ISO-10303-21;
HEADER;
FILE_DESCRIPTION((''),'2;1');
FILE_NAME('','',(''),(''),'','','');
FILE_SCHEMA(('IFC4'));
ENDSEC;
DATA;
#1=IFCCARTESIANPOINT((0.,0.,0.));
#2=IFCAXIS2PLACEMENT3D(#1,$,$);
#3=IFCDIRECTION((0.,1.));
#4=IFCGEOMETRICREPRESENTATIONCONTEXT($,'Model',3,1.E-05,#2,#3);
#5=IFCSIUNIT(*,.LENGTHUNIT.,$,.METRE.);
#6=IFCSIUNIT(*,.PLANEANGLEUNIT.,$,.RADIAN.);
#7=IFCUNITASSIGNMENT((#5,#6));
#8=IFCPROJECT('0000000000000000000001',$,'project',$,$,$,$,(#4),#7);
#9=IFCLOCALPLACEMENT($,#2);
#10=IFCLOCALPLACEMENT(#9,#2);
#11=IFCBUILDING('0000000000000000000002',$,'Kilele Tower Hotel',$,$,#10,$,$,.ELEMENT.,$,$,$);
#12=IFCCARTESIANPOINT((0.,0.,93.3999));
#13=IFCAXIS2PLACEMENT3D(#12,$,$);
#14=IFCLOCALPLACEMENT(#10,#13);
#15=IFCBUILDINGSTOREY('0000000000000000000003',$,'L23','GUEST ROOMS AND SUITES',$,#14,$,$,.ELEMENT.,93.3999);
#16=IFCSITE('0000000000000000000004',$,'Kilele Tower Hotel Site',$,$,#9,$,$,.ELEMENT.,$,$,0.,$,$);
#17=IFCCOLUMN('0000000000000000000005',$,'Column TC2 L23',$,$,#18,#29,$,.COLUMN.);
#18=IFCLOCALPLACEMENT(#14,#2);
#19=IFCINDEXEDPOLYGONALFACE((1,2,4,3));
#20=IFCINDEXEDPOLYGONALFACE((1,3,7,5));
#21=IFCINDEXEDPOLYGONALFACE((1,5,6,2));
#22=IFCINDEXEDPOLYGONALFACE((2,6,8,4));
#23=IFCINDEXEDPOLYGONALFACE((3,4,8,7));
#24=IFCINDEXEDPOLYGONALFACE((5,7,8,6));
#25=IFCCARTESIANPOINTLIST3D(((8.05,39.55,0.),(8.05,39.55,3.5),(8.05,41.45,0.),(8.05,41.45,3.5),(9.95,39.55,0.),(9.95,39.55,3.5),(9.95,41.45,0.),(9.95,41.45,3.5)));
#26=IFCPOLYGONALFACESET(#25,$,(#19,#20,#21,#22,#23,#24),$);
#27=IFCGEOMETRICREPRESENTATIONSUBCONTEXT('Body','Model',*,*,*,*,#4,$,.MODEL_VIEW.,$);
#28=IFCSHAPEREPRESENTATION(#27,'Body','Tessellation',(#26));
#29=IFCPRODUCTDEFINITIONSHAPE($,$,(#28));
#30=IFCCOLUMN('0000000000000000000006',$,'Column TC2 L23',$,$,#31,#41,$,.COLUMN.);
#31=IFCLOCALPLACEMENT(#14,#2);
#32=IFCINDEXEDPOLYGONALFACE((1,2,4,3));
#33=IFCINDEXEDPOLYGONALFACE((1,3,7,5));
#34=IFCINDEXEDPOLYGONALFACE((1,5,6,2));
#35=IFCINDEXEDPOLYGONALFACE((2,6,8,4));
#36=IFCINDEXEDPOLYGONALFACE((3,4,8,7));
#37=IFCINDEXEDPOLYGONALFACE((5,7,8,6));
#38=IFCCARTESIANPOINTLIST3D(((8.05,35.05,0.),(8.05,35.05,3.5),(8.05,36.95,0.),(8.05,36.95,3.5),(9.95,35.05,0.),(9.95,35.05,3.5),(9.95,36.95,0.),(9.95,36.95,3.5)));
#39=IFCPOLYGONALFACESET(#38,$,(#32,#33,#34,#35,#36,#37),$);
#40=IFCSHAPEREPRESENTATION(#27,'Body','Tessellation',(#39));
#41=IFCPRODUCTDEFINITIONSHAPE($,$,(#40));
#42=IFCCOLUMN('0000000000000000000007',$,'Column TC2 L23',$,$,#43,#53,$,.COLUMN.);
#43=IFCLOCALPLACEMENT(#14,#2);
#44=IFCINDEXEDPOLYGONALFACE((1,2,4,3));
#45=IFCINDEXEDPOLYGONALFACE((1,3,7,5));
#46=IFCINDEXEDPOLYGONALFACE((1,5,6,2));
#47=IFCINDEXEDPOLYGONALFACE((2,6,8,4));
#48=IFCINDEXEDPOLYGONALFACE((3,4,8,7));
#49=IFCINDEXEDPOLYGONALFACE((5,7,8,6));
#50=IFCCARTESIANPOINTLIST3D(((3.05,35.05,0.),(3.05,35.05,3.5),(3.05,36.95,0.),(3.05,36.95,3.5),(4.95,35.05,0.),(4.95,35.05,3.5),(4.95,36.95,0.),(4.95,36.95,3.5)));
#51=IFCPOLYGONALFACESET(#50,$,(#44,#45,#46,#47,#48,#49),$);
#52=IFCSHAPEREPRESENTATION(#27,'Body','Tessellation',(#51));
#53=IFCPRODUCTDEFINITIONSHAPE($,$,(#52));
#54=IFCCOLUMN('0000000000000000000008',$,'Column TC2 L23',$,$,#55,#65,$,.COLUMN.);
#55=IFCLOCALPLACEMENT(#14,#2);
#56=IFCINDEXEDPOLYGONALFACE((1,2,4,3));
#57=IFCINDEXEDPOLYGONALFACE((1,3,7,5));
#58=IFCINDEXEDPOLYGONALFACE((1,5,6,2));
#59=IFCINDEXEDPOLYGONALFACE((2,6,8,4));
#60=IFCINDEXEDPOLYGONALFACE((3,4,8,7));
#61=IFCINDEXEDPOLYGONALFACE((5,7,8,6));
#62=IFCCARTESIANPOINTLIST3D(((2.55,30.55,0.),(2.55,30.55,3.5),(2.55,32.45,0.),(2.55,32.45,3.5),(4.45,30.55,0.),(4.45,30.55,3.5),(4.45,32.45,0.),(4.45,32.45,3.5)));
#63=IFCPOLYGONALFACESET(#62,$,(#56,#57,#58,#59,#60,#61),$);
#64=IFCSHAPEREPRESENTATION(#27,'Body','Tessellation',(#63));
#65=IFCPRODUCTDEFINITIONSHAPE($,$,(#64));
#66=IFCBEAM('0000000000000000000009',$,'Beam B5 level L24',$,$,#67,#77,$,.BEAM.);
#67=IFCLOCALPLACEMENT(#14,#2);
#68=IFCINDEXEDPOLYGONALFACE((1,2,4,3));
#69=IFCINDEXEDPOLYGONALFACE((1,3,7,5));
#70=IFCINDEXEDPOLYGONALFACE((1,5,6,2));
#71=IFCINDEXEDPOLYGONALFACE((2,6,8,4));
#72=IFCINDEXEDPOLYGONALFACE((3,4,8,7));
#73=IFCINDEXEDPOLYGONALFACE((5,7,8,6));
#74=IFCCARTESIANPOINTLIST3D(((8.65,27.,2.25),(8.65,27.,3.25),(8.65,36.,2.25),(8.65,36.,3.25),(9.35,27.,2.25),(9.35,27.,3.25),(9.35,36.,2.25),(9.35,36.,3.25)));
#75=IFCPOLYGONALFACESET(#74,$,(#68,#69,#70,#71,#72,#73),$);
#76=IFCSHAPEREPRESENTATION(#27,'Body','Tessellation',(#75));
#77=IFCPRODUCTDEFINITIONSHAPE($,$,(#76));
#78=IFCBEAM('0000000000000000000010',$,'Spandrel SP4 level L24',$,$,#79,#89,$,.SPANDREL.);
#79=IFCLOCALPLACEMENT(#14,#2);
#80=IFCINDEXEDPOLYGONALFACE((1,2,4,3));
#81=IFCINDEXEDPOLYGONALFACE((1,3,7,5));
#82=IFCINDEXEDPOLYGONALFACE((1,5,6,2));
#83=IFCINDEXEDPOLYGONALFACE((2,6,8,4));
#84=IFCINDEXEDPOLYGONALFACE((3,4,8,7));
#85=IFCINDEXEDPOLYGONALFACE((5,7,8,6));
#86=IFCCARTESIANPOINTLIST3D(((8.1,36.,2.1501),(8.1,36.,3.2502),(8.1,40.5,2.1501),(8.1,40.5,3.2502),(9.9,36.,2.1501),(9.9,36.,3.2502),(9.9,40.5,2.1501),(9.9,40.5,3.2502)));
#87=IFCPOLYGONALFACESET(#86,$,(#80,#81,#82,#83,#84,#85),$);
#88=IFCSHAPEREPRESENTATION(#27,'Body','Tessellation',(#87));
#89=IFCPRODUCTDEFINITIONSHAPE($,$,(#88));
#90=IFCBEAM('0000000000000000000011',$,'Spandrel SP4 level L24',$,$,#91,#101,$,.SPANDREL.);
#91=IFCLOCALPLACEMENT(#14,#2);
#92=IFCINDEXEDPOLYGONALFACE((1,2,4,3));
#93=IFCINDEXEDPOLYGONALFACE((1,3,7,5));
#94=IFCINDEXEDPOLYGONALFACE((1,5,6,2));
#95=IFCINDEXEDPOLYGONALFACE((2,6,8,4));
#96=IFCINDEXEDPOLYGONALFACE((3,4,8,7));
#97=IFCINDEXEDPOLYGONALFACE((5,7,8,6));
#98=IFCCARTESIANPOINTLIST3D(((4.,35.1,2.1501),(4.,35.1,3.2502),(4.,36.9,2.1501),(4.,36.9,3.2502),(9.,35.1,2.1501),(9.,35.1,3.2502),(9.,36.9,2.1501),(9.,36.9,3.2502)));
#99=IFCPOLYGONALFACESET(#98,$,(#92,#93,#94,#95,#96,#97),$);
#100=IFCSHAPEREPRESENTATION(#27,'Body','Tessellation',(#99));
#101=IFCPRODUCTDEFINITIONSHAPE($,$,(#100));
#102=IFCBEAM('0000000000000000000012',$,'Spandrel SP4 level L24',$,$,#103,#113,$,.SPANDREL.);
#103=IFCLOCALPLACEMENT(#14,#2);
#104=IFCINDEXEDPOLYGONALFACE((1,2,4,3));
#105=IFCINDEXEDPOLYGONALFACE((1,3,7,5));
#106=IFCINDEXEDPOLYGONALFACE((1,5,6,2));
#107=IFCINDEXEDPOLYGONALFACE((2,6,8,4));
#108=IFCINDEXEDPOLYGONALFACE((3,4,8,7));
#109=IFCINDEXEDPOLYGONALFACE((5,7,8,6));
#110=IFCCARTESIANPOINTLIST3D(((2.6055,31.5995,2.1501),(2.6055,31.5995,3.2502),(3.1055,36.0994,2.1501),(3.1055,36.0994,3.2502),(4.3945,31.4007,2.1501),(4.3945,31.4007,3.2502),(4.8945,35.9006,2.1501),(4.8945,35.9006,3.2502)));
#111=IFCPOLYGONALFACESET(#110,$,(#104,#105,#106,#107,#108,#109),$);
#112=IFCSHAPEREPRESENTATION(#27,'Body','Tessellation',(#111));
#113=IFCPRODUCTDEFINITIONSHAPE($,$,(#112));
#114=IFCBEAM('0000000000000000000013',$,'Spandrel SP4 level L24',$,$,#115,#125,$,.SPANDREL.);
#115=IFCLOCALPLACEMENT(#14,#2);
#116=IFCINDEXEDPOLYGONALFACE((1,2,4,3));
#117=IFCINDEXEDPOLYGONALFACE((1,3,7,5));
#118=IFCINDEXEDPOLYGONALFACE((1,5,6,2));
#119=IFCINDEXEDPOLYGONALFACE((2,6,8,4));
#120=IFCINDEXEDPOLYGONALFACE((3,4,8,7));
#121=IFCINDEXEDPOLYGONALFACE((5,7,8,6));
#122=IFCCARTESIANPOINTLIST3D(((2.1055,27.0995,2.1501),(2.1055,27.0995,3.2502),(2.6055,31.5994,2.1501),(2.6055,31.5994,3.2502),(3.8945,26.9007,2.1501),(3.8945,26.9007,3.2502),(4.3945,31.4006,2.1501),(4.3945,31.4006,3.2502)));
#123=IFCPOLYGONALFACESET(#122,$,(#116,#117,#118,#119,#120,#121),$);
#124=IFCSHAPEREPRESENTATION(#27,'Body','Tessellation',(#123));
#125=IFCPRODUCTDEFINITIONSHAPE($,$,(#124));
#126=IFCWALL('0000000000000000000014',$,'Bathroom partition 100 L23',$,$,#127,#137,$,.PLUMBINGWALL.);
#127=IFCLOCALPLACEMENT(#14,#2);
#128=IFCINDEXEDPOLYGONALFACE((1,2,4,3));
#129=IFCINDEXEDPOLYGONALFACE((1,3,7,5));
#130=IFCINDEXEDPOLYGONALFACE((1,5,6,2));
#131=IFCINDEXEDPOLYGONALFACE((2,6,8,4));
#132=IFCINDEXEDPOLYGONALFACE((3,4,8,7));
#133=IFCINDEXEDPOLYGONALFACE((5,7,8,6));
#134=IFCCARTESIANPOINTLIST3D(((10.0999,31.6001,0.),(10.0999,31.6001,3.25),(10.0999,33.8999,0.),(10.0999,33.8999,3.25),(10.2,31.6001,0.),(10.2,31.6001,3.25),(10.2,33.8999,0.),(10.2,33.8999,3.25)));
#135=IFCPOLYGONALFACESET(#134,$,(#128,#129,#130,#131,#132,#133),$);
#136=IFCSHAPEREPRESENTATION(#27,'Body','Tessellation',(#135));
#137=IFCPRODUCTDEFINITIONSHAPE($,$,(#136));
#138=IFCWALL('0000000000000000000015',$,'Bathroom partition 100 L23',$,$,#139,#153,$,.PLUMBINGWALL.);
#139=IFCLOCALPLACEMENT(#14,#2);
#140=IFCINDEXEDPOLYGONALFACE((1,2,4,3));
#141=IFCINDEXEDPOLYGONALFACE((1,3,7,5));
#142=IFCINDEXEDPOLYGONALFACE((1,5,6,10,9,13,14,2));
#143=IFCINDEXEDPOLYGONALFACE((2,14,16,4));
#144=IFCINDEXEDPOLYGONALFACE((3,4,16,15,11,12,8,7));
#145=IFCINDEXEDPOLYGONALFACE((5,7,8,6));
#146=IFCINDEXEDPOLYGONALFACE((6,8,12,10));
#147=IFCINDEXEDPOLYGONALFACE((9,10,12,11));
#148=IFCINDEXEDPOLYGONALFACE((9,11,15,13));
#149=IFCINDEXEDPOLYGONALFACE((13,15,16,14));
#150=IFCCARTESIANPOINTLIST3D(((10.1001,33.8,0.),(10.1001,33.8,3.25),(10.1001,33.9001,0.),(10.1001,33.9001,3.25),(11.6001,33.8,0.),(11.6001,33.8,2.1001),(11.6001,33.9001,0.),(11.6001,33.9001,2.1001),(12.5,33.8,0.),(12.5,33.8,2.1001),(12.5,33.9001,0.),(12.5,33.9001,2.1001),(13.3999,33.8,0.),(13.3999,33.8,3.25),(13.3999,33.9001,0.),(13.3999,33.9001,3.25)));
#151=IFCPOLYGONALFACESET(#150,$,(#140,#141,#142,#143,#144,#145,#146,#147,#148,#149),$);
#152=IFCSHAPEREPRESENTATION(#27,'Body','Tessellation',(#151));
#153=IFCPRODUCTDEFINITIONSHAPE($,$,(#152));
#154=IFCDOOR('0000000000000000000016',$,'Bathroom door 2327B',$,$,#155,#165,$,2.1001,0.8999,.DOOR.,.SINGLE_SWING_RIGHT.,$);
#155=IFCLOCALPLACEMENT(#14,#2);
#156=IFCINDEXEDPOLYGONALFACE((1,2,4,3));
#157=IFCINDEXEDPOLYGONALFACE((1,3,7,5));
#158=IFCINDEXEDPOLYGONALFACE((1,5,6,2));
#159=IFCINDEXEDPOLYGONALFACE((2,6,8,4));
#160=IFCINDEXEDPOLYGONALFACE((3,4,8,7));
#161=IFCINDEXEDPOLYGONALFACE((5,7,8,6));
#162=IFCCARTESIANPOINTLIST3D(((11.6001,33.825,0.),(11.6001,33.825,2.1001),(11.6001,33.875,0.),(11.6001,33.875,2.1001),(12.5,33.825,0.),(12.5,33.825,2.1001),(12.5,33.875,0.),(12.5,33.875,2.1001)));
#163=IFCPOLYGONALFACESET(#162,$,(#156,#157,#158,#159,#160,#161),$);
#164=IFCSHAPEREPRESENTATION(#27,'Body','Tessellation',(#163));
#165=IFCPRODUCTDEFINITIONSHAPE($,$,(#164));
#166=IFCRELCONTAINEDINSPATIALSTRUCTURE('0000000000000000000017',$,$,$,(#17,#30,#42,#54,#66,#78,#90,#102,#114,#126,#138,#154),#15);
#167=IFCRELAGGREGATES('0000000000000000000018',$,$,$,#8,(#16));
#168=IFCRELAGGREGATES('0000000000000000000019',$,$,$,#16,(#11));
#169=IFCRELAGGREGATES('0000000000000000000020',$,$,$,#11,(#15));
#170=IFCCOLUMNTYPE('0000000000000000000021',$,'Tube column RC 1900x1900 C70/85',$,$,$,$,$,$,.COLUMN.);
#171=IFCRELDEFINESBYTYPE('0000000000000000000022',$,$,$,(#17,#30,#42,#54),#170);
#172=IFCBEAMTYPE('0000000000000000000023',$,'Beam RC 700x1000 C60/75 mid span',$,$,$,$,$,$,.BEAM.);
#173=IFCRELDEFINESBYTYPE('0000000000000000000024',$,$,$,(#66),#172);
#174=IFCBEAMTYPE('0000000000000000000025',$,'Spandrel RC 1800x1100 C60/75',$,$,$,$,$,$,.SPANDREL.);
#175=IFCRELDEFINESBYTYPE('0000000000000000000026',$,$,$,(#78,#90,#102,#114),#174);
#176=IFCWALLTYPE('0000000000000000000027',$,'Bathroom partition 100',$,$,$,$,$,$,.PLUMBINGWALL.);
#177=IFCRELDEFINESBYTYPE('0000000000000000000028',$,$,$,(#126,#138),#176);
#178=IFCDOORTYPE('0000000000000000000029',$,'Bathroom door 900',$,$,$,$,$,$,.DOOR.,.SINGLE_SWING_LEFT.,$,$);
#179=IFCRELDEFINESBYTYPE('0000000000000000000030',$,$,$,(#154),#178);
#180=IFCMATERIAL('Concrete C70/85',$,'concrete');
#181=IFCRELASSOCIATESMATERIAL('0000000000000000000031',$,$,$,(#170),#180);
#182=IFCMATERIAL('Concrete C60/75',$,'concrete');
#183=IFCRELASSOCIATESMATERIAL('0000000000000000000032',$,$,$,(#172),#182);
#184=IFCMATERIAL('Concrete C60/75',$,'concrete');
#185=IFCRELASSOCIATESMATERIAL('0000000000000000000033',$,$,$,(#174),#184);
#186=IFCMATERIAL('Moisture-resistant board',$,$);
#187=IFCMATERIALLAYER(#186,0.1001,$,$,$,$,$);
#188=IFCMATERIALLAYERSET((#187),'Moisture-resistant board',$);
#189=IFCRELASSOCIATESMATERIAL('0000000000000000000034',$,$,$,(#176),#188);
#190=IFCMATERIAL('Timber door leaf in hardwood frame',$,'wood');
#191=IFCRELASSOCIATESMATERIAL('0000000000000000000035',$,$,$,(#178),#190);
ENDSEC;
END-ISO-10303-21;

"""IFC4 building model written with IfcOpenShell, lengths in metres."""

from ifc_helpers import new_model, si_unit, direction, frame, frame_2d, origin, origin_2d, place, context, subcontext, project, spatial, rectangle, extrude, material, layer, layer_set, material_profile, profile_set, type_object, element, fill, save


model = new_model("IFC4")

# Units and contexts
model_context = context("Model", 3, precision=1e-05, world=origin(), true_north=direction((0.0, 1.0)))
body_context = subcontext(model_context, "Body", "Model", "MODEL_VIEW")
ifc_project = project(units=[si_unit("LENGTHUNIT", "METRE"), si_unit("PLANEANGLEUNIT", "RADIAN")], contexts=[model_context])

# Site, building, storey
site_placement = place(None, origin())
site = spatial("IfcSite", under=ifc_project, at=site_placement, Name="Kilele Tower Hotel Site", CompositionType="ELEMENT", RefElevation=0.0)
building_placement = place(site_placement, origin())
building = spatial("IfcBuilding", under=site, at=building_placement, Name="Kilele Tower Hotel", CompositionType="ELEMENT")
storey_placement = place(building_placement, frame((0.0, 0.0, 93.3999)))
storey = spatial("IfcBuildingStorey", under=building, at=storey_placement, Name="L23", Description="GUEST ROOMS AND SUITES", CompositionType="ELEMENT", Elevation=93.3999)

# Columns
ifc_material_1 = material(Name="Concrete C70/85", Category="concrete")
ifc_material_profile_1 = material_profile(ifc_material_1, rectangle(XDim=1.8999, YDim=1.8999, at=origin_2d()))
ifc_profile_set_1 = profile_set([ifc_material_profile_1], Name="Concrete C70/85")
column_type = type_object("IfcColumnType", Name="Tube column RC 1900x1900 C70/85", PredefinedType="COLUMN", material=ifc_profile_set_1)
for number, where, z_axis, x_axis, name in (
    (1, (9.0, 40.5, 0.0), (0.0, 0.0, 1.0), (1.0, 0.0, 0.0), "Column TC2 L23"),
    (2, (9.0, 36.0, 0.0), (0.0, 0.0, 1.0), (1.0, 0.0, 0.0), "Column TC2 L23"),
    (3, (4.0, 36.0, 0.0), (0.0, 0.0, 1.0), (1.0, 0.0, 0.0), "Column TC2 L23"),
    (4, (3.5, 31.5, 0.0), (0.0, 0.0, 1.0), (1.0, 0.0, 0.0), "Column TC2 L23"),
):
    element("IfcColumn", number, at=place(storey_placement, frame(where, z_axis=z_axis, x_axis=x_axis)), inside=storey, type_object=column_type, Name=name, PredefinedType="COLUMN", context=body_context, shape_type="SweptSolid", body=[
        extrude(rectangle(XDim=1.8999, YDim=1.8999, at=origin_2d()), origin(), (0.0, 0.0, 1.0), 3.5),
    ])

# Beams
ifc_material_2 = material(Name="Concrete C60/75", Category="concrete")
ifc_material_profile_2 = material_profile(ifc_material_2, rectangle(XDim=0.7, YDim=1.0, at=origin_2d()))
ifc_profile_set_2 = profile_set([ifc_material_profile_2], Name="Concrete C60/75")
beam_type_1 = type_object("IfcBeamType", Name="Beam RC 700x1000 C60/75 mid span", PredefinedType="BEAM", material=ifc_profile_set_2)
beam_1_placement = place(storey_placement, frame((9.0, 36.0, 2.75), z_axis=(0.0, -1.0, 0.0), x_axis=(1.0, 0.0, 0.0)))
element("IfcBeam", 5, at=beam_1_placement, inside=storey, type_object=beam_type_1, Name="Beam B5 level L24", PredefinedType="BEAM", context=body_context, shape_type="SweptSolid", body=[
    extrude(rectangle(XDim=0.7, YDim=1.0, at=origin_2d()), origin(), (0.0, 0.0, 1.0), 9.0),
])
ifc_material_3 = material(Name="Concrete C60/75", Category="concrete")
ifc_material_profile_3 = material_profile(ifc_material_3, rectangle(XDim=1.8, YDim=1.1001, at=origin_2d()))
ifc_profile_set_3 = profile_set([ifc_material_profile_3], Name="Concrete C60/75")
beam_type_2 = type_object("IfcBeamType", Name="Spandrel RC 1800x1100 C60/75", PredefinedType="SPANDREL", material=ifc_profile_set_3)
beam_2_placement = place(storey_placement, frame((9.0, 40.5, 2.7002), z_axis=(0.0, -1.0, 0.0), x_axis=(1.0, 0.0, 0.0)))
element("IfcBeam", 6, at=beam_2_placement, inside=storey, type_object=beam_type_2, Name="Spandrel SP4 level L24", PredefinedType="SPANDREL", context=body_context, shape_type="SweptSolid", body=[
    extrude(rectangle(XDim=1.8, YDim=1.1001, at=origin_2d()), origin(), (0.0, 0.0, 1.0), 4.5),
])
beam_3_placement = place(storey_placement, frame((9.0, 36.0, 2.7002), z_axis=(-1.0, 0.0, 0.0), x_axis=(0.0, -1.0, 0.0)))
element("IfcBeam", 7, at=beam_3_placement, inside=storey, type_object=beam_type_2, Name="Spandrel SP4 level L24", PredefinedType="SPANDREL", context=body_context, shape_type="SweptSolid", body=[
    extrude(rectangle(XDim=1.8, YDim=1.1001, at=origin_2d()), origin(), (0.0, 0.0, 1.0), 5.0),
])
for number, where, z_axis, x_axis, name in (
    (8, (4.0, 36.0, 2.7002), (-0.110432, -0.993884, 0.0), (0.993884, -0.110432, 0.0), "Spandrel SP4 level L24"),
    (9, (3.5, 31.5, 2.7002), (-0.110432, -0.993884, 0.0), (0.993884, -0.110432, 0.0), "Spandrel SP4 level L24"),
):
    element("IfcBeam", number, at=place(storey_placement, frame(where, z_axis=z_axis, x_axis=x_axis)), inside=storey, type_object=beam_type_2, Name=name, PredefinedType="SPANDREL", context=body_context, shape_type="SweptSolid", body=[
        extrude(rectangle(XDim=1.8, YDim=1.1001, at=origin_2d()), origin(), (0.0, 0.0, 1.0), 4.5276),
    ])

# Wall
ifc_material_4 = material(Name="Moisture-resistant board")
ifc_layer_1 = layer(ifc_material_4, 0.1001)
ifc_layer_set_1 = layer_set([ifc_layer_1], Name="Moisture-resistant board")
wall_type_1 = type_object("IfcWallType", Name="Bathroom partition 100", PredefinedType="PLUMBINGWALL", material=ifc_layer_set_1)
wall_1_placement = place(storey_placement, frame((10.1499, 31.6001, 0.0), z_axis=(0.0, 0.0, 1.0), x_axis=(0.0, 1.0, 0.0)))
element("IfcWall", 10, at=wall_1_placement, inside=storey, type_object=wall_type_1, Name="Bathroom partition 100 L23", PredefinedType="PLUMBINGWALL", context=body_context, shape_type="SweptSolid", body=[
    extrude(rectangle(XDim=2.2998, YDim=0.1001, at=frame_2d((1.1499, 0.0))), origin(), (0.0, 0.0, 1.0), 3.25),
])

# Wall, opening, door
wall_2_placement = place(storey_placement, frame((13.3999, 33.8501, 0.0), z_axis=(0.0, 0.0, 1.0), x_axis=(-1.0, 0.0, 0.0)))
wall_2 = element("IfcWall", 11, at=wall_2_placement, inside=storey, type_object=wall_type_1, Name="Bathroom partition 100 L23", PredefinedType="PLUMBINGWALL", context=body_context, shape_type="SweptSolid", body=[
    extrude(rectangle(XDim=3.2998, YDim=0.1001, at=frame_2d((1.6499, 0.0))), origin(), (0.0, 0.0, 1.0), 3.25),
])
opening_1_placement = place(wall_2_placement, frame((1.7998, 0.0, 0.0), z_axis=(0.0, 0.0, 1.0), x_axis=(-1.0, 0.0, 0.0)))
opening_1 = element("IfcOpeningElement", 12, at=opening_1_placement, cuts=wall_2, PredefinedType="OPENING", context=body_context, shape_type="SweptSolid", body=[
    extrude(rectangle(XDim=0.8999, YDim=2.1001, at=frame_2d((0.45, 1.05))), frame((0.0, 0.0601, 0.0), z_axis=(0.0, -1.0, 0.0), x_axis=(1.0, 0.0, 0.0)), (0.0, 0.0, 1.0), 0.1201),
])
ifc_material_5 = material(Name="Timber door leaf in hardwood frame", Category="wood")
door_type_1 = type_object("IfcDoorType", Name="Bathroom door 900", OperationType="SINGLE_SWING_LEFT", PredefinedType="DOOR", material=ifc_material_5)
door_1_placement = place(opening_1_placement, origin())
door_1 = element("IfcDoor", 13, at=door_1_placement, inside=storey, type_object=door_type_1, Name="Bathroom door 2327B", OperationType="SINGLE_SWING_RIGHT", OverallHeight=2.1001, OverallWidth=0.8999, PredefinedType="DOOR", context=body_context, shape_type="SweptSolid", body=[
    extrude(rectangle(XDim=0.8999, YDim=2.1001, at=frame_2d((0.45, 1.05))), frame((0.0, 0.0249, 0.0), z_axis=(0.0, -1.0, 0.0), x_axis=(1.0, 0.0, 0.0)), (0.0, 0.0, 1.0), 0.05),
])
fill(opening_1, door_1)

save(model, "model.ifc")
